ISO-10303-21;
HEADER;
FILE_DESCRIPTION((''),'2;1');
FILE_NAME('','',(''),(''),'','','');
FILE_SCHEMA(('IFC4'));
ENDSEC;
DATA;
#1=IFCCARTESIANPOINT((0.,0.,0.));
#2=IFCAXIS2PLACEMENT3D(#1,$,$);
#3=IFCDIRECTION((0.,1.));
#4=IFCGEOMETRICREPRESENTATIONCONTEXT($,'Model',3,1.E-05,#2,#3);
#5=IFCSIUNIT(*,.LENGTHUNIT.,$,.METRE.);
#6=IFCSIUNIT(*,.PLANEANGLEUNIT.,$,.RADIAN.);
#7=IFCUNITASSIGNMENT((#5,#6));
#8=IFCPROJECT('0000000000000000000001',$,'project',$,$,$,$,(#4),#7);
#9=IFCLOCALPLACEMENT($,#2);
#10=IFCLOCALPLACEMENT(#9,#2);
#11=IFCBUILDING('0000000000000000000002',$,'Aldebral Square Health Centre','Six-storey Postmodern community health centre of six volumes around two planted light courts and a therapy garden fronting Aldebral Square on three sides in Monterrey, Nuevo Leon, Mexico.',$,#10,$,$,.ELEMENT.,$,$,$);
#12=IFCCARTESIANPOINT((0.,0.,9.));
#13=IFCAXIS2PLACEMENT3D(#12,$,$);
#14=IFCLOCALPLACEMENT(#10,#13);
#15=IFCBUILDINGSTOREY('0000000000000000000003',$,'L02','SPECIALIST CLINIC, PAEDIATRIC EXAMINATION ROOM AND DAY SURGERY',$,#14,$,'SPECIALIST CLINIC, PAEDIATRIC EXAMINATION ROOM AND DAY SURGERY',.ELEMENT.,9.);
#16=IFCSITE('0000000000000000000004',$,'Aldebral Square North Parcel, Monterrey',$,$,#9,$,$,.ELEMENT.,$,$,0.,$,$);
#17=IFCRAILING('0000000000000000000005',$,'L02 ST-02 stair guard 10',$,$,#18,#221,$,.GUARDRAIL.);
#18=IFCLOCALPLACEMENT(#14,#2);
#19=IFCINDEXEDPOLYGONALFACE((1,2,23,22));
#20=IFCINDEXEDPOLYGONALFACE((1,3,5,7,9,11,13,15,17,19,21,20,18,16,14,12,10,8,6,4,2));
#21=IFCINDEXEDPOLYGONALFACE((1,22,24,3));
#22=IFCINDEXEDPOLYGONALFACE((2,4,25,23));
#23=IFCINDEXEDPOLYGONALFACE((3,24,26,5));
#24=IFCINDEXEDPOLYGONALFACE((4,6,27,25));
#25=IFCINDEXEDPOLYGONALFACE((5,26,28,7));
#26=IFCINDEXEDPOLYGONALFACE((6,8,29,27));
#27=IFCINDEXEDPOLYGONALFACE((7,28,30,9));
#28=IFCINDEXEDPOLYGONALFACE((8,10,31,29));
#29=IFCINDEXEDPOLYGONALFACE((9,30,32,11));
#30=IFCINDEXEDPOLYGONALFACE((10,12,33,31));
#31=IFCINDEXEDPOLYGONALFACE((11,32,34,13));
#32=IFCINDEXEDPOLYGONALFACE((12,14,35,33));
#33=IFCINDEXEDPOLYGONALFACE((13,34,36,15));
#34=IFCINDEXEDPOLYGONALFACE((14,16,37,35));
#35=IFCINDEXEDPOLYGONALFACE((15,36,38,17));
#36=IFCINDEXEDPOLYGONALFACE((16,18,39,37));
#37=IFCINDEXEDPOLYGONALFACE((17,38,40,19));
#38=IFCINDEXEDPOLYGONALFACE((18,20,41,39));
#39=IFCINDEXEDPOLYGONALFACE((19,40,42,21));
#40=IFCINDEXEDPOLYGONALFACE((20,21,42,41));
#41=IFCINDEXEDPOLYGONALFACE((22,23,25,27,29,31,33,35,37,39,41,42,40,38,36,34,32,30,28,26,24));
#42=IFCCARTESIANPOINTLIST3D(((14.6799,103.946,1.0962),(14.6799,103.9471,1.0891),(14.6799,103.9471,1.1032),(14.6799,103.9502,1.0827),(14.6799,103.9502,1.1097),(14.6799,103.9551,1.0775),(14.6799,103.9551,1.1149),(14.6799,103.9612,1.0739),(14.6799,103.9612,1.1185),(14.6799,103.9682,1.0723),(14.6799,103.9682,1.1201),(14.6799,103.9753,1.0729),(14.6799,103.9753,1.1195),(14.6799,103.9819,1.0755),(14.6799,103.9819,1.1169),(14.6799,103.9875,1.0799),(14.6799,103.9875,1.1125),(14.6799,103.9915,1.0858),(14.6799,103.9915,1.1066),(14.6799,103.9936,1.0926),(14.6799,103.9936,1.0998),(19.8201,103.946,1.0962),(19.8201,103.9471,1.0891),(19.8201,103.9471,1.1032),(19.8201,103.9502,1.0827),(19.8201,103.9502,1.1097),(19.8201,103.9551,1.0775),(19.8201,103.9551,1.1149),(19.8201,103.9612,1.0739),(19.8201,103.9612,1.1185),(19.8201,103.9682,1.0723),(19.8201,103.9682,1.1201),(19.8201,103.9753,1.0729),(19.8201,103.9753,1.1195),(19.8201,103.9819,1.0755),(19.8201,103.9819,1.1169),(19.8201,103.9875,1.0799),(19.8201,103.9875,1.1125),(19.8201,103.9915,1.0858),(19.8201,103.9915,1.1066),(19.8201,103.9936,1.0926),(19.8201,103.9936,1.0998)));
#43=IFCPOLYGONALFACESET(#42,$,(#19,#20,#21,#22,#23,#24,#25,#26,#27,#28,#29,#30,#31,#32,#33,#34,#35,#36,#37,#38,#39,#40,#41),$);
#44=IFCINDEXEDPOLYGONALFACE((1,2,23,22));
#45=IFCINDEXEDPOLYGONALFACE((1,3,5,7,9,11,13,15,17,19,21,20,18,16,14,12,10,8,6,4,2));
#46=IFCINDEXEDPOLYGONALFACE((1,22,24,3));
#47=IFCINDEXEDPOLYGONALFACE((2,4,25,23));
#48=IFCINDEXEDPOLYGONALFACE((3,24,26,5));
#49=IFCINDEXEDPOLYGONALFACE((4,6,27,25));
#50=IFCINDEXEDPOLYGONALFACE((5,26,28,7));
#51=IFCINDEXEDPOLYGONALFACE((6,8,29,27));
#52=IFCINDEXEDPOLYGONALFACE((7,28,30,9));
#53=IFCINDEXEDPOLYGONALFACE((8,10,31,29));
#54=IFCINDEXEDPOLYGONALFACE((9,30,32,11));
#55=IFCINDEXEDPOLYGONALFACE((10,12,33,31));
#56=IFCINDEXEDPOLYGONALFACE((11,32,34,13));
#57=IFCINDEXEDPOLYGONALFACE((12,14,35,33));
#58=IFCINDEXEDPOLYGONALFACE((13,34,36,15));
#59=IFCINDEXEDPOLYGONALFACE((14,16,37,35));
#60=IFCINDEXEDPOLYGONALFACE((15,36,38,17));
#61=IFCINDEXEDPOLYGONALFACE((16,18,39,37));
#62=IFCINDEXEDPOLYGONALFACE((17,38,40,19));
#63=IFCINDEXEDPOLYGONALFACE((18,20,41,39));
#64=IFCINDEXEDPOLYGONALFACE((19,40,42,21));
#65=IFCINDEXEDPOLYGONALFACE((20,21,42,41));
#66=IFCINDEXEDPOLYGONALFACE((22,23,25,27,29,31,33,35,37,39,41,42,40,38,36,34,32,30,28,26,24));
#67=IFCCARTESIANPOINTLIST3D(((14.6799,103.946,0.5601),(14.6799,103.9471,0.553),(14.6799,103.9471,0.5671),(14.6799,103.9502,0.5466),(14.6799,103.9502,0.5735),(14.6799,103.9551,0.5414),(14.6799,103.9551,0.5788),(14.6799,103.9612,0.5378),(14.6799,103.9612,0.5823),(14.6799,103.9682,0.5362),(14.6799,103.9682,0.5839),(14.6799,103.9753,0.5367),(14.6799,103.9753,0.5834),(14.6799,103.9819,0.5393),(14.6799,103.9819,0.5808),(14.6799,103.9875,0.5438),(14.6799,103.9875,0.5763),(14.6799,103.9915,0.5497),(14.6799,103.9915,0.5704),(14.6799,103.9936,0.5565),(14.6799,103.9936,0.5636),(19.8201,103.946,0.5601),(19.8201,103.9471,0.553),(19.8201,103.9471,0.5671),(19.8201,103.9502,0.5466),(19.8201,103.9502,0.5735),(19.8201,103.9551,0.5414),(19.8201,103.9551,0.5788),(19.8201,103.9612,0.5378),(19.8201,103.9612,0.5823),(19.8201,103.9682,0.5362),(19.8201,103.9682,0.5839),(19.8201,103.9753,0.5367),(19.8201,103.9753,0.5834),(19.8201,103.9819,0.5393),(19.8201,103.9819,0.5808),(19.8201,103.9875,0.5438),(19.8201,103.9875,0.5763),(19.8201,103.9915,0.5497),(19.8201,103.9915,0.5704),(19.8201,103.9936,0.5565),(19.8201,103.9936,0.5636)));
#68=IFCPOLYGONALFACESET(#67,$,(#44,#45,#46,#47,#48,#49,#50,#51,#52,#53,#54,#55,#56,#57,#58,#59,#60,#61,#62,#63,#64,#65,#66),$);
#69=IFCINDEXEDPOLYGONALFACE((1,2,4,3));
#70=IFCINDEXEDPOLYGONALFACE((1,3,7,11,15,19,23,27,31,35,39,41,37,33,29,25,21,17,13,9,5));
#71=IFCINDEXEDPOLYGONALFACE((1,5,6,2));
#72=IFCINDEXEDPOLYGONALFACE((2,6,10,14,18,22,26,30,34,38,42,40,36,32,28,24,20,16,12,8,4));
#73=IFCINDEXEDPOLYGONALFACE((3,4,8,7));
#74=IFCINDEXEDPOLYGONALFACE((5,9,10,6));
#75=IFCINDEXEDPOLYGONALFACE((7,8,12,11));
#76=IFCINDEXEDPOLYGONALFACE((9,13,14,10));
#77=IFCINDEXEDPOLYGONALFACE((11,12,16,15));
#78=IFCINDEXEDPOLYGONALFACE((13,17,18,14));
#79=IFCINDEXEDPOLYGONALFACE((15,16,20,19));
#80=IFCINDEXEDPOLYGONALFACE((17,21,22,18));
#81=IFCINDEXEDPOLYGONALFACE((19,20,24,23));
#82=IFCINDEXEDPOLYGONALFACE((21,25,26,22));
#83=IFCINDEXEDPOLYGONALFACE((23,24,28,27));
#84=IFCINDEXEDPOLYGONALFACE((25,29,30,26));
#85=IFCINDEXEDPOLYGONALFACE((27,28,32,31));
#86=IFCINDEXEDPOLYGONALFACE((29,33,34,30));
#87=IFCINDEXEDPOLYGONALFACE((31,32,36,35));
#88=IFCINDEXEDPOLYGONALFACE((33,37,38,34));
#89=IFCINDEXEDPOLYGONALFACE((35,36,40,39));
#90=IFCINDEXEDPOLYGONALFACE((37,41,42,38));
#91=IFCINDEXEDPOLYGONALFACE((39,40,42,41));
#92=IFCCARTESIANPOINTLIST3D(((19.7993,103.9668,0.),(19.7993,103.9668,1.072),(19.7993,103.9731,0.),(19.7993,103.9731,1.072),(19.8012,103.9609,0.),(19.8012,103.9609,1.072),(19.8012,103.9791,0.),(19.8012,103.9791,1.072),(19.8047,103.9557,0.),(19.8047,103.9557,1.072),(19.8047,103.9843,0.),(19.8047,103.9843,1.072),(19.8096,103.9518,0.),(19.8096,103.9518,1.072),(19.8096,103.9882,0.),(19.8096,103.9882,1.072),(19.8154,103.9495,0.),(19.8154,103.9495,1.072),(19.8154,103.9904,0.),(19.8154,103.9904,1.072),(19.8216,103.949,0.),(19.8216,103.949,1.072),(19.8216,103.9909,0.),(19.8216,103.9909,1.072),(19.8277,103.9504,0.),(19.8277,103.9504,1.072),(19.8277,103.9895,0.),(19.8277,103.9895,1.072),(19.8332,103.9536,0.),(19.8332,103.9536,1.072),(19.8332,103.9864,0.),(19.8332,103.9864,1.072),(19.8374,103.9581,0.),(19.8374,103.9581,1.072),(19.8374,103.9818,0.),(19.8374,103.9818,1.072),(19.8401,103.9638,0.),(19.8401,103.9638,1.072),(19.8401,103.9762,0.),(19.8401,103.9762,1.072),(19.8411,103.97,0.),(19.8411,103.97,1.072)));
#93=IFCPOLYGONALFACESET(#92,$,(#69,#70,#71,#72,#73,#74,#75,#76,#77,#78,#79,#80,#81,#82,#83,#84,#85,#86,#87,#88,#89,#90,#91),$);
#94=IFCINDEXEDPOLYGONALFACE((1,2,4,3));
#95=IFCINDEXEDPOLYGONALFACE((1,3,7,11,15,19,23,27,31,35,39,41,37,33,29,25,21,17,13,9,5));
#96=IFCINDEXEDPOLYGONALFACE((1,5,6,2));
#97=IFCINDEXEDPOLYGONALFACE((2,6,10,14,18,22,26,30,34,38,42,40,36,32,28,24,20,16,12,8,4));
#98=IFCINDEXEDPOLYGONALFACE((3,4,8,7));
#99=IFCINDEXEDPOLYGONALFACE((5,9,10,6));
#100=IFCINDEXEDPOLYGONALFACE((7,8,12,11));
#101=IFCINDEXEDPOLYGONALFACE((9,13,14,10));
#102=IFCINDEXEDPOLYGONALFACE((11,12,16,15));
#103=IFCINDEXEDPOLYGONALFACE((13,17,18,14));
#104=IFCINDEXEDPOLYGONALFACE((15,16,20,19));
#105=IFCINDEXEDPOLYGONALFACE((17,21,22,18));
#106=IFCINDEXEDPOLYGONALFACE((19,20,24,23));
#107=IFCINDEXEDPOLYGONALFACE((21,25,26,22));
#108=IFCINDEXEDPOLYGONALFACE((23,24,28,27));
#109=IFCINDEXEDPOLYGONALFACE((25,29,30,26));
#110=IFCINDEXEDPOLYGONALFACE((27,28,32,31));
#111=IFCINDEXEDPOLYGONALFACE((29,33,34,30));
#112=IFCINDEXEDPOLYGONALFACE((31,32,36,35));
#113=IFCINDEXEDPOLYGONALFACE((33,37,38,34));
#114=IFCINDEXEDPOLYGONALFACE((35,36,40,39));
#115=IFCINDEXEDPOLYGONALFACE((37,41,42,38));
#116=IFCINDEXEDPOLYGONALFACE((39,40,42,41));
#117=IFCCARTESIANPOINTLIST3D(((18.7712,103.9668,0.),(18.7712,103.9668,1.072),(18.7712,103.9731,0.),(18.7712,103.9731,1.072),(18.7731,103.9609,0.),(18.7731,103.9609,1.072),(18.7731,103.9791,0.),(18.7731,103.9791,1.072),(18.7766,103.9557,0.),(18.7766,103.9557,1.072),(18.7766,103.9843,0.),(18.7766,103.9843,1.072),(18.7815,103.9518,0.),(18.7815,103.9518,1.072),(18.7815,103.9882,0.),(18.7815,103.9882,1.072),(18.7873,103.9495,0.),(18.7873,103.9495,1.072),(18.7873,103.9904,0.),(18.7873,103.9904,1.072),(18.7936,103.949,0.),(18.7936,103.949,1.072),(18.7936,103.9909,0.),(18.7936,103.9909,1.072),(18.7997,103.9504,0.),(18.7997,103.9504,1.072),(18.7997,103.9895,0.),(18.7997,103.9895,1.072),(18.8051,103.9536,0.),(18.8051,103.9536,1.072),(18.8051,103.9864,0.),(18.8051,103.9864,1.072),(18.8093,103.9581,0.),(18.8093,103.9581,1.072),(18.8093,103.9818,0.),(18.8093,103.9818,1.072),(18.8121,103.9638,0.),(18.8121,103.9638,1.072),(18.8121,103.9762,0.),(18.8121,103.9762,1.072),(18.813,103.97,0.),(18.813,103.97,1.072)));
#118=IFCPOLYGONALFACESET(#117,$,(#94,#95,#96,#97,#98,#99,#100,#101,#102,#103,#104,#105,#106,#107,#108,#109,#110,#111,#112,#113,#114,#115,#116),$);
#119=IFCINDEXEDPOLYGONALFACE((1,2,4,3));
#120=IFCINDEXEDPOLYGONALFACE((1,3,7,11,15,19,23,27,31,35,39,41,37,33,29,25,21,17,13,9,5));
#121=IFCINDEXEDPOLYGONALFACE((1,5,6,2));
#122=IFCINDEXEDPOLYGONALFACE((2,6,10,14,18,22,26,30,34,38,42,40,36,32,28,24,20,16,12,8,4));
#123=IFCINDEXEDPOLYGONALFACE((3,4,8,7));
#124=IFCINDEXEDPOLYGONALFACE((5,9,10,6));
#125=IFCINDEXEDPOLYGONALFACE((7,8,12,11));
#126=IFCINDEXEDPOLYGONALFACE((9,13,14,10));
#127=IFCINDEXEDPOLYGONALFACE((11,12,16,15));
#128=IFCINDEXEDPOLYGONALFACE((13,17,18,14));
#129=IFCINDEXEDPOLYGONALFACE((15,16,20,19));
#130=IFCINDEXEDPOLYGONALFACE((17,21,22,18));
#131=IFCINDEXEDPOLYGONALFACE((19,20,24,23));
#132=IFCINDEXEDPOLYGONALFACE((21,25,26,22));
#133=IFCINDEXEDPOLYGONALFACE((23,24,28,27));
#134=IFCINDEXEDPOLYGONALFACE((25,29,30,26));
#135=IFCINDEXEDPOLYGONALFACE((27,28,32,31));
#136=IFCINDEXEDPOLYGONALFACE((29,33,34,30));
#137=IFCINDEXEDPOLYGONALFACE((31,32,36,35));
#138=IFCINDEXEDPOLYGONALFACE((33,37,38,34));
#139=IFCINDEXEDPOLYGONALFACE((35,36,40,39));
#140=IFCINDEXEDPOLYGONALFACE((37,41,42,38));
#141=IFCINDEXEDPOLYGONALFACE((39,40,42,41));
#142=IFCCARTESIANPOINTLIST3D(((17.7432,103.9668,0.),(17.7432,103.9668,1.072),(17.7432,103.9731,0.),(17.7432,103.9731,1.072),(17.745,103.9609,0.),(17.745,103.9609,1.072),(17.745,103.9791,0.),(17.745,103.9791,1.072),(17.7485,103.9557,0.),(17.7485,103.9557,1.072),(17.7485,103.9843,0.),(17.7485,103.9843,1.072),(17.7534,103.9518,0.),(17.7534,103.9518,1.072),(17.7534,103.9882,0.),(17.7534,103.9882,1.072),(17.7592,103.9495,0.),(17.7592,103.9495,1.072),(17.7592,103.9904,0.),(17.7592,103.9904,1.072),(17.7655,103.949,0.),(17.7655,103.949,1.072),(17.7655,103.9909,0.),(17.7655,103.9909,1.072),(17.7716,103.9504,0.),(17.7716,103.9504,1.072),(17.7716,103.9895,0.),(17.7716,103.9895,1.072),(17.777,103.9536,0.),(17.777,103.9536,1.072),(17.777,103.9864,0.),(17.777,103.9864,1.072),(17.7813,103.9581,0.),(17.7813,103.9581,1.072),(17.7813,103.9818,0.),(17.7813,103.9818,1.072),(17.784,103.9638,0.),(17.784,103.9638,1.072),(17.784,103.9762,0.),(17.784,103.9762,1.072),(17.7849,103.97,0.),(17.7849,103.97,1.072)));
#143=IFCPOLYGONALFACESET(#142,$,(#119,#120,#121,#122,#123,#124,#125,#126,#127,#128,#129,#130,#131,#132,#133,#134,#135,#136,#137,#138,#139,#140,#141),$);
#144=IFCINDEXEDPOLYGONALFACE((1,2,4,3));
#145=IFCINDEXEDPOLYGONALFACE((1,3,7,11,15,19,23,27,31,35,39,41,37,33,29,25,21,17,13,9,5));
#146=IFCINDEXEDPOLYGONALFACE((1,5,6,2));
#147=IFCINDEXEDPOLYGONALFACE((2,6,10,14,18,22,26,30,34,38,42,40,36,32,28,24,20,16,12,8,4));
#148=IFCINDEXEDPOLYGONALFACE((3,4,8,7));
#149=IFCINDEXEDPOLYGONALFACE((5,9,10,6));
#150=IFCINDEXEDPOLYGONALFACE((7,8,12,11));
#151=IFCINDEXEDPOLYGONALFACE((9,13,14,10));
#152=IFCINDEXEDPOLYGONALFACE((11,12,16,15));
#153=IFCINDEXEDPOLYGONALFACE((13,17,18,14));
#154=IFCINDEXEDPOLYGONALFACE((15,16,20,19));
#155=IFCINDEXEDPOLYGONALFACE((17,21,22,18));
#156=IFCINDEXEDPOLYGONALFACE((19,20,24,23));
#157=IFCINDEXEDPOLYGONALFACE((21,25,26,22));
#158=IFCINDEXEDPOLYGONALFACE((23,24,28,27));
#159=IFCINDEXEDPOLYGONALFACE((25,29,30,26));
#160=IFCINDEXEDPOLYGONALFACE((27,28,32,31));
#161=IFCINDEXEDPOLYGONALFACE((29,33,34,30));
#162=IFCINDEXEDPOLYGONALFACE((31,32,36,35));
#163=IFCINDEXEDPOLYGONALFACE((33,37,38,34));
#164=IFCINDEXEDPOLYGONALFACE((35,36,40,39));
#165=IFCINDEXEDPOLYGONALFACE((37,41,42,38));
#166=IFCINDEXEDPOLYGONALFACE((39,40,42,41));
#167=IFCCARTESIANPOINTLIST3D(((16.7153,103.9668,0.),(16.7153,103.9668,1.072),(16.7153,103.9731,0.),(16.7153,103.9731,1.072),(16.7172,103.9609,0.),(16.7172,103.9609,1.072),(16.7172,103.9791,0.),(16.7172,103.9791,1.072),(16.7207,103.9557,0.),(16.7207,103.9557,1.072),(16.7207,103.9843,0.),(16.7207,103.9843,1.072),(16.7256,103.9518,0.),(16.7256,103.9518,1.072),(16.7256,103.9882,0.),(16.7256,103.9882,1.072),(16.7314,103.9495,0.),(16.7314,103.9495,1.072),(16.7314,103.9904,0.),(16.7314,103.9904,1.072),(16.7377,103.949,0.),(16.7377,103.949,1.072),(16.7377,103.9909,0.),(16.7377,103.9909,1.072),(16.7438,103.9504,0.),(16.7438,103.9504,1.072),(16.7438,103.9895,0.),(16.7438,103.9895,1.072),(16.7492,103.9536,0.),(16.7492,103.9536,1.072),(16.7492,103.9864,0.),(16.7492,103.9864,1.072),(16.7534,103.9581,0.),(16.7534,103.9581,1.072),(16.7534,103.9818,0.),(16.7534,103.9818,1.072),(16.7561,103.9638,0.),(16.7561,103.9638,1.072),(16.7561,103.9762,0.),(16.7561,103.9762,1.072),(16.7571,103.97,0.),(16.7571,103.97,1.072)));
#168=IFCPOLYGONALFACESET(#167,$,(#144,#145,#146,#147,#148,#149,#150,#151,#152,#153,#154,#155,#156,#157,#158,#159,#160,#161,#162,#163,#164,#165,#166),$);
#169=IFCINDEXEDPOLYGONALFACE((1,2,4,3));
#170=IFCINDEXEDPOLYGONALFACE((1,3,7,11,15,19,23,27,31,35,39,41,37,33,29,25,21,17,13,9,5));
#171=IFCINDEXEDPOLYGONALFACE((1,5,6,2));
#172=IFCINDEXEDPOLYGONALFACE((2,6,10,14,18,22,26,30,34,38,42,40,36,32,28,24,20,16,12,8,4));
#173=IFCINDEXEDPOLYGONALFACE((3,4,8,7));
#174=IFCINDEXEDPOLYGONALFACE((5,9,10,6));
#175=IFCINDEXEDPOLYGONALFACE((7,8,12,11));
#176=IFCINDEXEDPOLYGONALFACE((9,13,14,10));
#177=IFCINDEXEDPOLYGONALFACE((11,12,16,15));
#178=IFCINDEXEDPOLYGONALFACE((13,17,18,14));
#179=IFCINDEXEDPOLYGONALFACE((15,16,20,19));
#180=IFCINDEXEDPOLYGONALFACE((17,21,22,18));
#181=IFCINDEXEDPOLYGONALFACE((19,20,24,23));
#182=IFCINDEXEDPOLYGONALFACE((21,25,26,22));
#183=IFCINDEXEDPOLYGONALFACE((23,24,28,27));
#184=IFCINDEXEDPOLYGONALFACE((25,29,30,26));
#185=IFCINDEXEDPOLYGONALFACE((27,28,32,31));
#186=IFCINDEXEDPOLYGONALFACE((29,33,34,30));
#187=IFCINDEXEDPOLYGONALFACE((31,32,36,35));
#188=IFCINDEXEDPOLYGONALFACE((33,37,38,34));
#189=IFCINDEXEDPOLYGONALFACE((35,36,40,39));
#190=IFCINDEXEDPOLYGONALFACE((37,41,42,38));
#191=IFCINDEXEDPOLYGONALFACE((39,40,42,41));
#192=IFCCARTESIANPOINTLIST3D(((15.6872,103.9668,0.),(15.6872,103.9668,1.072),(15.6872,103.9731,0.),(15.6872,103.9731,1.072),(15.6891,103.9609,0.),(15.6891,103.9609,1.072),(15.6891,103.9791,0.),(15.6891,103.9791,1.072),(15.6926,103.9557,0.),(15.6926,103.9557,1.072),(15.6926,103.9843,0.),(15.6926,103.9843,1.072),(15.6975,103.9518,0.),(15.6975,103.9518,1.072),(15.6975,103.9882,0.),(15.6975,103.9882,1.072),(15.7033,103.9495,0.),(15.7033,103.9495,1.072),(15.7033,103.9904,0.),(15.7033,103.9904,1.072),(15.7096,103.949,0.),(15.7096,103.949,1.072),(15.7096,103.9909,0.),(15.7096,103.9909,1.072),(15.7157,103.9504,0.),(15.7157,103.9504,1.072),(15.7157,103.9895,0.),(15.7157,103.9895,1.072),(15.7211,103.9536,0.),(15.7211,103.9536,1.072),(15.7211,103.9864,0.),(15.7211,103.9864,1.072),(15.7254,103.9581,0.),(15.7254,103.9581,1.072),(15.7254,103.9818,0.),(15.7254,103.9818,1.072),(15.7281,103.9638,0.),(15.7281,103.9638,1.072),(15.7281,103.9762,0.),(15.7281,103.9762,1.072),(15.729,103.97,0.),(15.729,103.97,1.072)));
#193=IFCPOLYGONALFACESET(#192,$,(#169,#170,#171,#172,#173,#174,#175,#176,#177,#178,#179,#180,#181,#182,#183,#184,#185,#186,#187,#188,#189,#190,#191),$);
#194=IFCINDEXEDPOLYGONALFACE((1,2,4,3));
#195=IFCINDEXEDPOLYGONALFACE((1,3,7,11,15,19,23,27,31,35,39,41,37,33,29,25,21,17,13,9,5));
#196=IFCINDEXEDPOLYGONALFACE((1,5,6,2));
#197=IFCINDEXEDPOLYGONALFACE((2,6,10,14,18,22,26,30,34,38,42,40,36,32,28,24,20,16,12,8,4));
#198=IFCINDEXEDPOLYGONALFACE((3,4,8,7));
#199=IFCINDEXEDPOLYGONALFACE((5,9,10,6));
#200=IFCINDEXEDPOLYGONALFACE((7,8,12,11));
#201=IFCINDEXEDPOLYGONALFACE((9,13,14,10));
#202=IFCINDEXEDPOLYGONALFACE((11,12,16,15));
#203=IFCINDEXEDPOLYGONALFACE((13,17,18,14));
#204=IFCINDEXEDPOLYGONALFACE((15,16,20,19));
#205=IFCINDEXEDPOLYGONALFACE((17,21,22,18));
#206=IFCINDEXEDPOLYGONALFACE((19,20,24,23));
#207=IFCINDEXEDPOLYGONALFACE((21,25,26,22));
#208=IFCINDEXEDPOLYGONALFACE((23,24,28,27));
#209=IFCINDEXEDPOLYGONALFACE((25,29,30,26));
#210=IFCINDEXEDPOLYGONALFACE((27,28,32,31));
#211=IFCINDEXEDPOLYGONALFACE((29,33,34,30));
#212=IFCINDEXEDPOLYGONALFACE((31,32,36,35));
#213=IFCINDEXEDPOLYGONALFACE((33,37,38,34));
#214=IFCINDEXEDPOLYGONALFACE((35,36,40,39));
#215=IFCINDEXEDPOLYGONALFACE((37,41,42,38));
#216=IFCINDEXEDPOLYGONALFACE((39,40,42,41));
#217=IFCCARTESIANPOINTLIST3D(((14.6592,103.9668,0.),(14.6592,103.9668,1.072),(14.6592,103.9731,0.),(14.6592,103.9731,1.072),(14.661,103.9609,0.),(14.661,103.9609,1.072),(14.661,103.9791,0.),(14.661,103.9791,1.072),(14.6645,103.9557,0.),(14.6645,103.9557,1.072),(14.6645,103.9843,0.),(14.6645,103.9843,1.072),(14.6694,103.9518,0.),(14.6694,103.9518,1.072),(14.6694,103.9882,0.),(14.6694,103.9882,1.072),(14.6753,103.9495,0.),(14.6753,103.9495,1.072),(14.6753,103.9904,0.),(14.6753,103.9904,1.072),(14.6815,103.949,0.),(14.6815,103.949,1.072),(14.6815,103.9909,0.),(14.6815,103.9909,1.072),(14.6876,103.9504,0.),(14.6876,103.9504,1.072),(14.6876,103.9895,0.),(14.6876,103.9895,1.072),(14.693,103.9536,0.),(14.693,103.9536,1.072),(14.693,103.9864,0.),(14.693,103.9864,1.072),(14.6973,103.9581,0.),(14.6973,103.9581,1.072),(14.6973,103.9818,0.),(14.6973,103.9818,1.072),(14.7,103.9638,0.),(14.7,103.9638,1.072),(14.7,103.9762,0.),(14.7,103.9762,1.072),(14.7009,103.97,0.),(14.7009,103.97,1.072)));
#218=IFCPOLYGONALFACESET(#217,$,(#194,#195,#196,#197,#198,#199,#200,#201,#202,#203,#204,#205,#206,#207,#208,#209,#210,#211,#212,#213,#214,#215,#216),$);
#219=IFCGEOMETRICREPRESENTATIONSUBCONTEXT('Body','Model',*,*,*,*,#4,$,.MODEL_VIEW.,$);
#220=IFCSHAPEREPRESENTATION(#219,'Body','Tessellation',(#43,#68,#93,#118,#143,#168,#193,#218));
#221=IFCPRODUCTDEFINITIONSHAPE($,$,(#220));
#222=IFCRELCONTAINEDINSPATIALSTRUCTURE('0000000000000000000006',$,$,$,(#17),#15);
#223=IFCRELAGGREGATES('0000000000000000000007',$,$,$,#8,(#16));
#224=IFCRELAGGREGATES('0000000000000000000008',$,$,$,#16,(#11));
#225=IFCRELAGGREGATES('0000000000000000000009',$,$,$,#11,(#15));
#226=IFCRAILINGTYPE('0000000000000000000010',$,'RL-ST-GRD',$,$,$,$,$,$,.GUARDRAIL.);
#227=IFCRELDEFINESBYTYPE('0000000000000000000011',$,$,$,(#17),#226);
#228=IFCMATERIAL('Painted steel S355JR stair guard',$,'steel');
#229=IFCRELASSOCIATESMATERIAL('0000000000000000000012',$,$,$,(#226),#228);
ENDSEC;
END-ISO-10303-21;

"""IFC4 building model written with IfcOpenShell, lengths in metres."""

from ifc_helpers import new_model, si_unit, direction, frame, origin, origin_2d, place, context, subcontext, project, spatial, circle, extrude, material, type_object, element, save


model = new_model("IFC4")

# Units and contexts
model_context = context("Model", 3, precision=1e-05, world=origin(), true_north=direction((0.0, 1.0)))
body_context = subcontext(model_context, "Body", "Model", "MODEL_VIEW")
ifc_project = project(units=[si_unit("LENGTHUNIT", "METRE"), si_unit("PLANEANGLEUNIT", "RADIAN")], contexts=[model_context])

# Site, building, storey
site_placement = place(None, origin())
site = spatial("IfcSite", under=ifc_project, at=site_placement, Name="Aldebral Square North Parcel, Monterrey", CompositionType="ELEMENT", RefElevation=0.0)
building_placement = place(site_placement, origin())
building = spatial("IfcBuilding", under=site, at=building_placement, Name="Aldebral Square Health Centre", Description="Six-storey Postmodern community health centre of six volumes around two planted light courts and a therapy garden fronting Aldebral Square on three sides in Monterrey, Nuevo Leon, Mexico.", CompositionType="ELEMENT")
storey_placement = place(building_placement, frame((0.0, 0.0, 9.0)))
storey = spatial("IfcBuildingStorey", under=building, at=storey_placement, Name="L02", Description="SPECIALIST CLINIC, PAEDIATRIC EXAMINATION ROOM AND DAY SURGERY", LongName="SPECIALIST CLINIC, PAEDIATRIC EXAMINATION ROOM AND DAY SURGERY", CompositionType="ELEMENT", Elevation=9.0)

# Railing
ifc_material_1 = material(Name="Painted steel S355JR stair guard", Category="steel")
railing_type_1 = type_object("IfcRailingType", Name="RL-ST-GRD", PredefinedType="GUARDRAIL", material=ifc_material_1)
railing_1_placement = place(storey_placement, frame((19.8201, 103.97, 0.0)))
element("IfcRailing", 1, at=railing_1_placement, inside=storey, type_object=railing_type_1, Name="L02 ST-02 stair guard 10", PredefinedType="GUARDRAIL", context=body_context, shape_type="SweptSolid", body=[
    extrude(circle(Radius=0.0239, at=origin_2d()), frame((0.0, 0.0, 1.0962), z_axis=(-1.0, 0.0, 0.0), x_axis=(0.0, -1.0, 0.0)), (0.0, 0.0, 1.0), 5.1401),
    extrude(circle(Radius=0.0239, at=origin_2d()), frame((0.0, 0.0, 0.5601), z_axis=(-1.0, 0.0, 0.0), x_axis=(0.0, -1.0, 0.0)), (0.0, 0.0, 1.0), 5.1401),
    extrude(circle(Radius=0.021, at=origin_2d()), origin(), (0.0, 0.0, 1.0), 1.072),
    extrude(circle(Radius=0.021, at=origin_2d()), frame((-1.0281, 0.0, 0.0)), (0.0, 0.0, 1.0), 1.072),
    extrude(circle(Radius=0.021, at=origin_2d()), frame((-2.0562, 0.0, 0.0)), (0.0, 0.0, 1.0), 1.072),
    extrude(circle(Radius=0.021, at=origin_2d()), frame((-3.084, 0.0, 0.0)), (0.0, 0.0, 1.0), 1.072),
    extrude(circle(Radius=0.021, at=origin_2d()), frame((-4.1121, 0.0, 0.0)), (0.0, 0.0, 1.0), 1.072),
    extrude(circle(Radius=0.021, at=origin_2d()), frame((-5.1401, 0.0, 0.0)), (0.0, 0.0, 1.0), 1.072),
])

save(model, "model.ifc")
